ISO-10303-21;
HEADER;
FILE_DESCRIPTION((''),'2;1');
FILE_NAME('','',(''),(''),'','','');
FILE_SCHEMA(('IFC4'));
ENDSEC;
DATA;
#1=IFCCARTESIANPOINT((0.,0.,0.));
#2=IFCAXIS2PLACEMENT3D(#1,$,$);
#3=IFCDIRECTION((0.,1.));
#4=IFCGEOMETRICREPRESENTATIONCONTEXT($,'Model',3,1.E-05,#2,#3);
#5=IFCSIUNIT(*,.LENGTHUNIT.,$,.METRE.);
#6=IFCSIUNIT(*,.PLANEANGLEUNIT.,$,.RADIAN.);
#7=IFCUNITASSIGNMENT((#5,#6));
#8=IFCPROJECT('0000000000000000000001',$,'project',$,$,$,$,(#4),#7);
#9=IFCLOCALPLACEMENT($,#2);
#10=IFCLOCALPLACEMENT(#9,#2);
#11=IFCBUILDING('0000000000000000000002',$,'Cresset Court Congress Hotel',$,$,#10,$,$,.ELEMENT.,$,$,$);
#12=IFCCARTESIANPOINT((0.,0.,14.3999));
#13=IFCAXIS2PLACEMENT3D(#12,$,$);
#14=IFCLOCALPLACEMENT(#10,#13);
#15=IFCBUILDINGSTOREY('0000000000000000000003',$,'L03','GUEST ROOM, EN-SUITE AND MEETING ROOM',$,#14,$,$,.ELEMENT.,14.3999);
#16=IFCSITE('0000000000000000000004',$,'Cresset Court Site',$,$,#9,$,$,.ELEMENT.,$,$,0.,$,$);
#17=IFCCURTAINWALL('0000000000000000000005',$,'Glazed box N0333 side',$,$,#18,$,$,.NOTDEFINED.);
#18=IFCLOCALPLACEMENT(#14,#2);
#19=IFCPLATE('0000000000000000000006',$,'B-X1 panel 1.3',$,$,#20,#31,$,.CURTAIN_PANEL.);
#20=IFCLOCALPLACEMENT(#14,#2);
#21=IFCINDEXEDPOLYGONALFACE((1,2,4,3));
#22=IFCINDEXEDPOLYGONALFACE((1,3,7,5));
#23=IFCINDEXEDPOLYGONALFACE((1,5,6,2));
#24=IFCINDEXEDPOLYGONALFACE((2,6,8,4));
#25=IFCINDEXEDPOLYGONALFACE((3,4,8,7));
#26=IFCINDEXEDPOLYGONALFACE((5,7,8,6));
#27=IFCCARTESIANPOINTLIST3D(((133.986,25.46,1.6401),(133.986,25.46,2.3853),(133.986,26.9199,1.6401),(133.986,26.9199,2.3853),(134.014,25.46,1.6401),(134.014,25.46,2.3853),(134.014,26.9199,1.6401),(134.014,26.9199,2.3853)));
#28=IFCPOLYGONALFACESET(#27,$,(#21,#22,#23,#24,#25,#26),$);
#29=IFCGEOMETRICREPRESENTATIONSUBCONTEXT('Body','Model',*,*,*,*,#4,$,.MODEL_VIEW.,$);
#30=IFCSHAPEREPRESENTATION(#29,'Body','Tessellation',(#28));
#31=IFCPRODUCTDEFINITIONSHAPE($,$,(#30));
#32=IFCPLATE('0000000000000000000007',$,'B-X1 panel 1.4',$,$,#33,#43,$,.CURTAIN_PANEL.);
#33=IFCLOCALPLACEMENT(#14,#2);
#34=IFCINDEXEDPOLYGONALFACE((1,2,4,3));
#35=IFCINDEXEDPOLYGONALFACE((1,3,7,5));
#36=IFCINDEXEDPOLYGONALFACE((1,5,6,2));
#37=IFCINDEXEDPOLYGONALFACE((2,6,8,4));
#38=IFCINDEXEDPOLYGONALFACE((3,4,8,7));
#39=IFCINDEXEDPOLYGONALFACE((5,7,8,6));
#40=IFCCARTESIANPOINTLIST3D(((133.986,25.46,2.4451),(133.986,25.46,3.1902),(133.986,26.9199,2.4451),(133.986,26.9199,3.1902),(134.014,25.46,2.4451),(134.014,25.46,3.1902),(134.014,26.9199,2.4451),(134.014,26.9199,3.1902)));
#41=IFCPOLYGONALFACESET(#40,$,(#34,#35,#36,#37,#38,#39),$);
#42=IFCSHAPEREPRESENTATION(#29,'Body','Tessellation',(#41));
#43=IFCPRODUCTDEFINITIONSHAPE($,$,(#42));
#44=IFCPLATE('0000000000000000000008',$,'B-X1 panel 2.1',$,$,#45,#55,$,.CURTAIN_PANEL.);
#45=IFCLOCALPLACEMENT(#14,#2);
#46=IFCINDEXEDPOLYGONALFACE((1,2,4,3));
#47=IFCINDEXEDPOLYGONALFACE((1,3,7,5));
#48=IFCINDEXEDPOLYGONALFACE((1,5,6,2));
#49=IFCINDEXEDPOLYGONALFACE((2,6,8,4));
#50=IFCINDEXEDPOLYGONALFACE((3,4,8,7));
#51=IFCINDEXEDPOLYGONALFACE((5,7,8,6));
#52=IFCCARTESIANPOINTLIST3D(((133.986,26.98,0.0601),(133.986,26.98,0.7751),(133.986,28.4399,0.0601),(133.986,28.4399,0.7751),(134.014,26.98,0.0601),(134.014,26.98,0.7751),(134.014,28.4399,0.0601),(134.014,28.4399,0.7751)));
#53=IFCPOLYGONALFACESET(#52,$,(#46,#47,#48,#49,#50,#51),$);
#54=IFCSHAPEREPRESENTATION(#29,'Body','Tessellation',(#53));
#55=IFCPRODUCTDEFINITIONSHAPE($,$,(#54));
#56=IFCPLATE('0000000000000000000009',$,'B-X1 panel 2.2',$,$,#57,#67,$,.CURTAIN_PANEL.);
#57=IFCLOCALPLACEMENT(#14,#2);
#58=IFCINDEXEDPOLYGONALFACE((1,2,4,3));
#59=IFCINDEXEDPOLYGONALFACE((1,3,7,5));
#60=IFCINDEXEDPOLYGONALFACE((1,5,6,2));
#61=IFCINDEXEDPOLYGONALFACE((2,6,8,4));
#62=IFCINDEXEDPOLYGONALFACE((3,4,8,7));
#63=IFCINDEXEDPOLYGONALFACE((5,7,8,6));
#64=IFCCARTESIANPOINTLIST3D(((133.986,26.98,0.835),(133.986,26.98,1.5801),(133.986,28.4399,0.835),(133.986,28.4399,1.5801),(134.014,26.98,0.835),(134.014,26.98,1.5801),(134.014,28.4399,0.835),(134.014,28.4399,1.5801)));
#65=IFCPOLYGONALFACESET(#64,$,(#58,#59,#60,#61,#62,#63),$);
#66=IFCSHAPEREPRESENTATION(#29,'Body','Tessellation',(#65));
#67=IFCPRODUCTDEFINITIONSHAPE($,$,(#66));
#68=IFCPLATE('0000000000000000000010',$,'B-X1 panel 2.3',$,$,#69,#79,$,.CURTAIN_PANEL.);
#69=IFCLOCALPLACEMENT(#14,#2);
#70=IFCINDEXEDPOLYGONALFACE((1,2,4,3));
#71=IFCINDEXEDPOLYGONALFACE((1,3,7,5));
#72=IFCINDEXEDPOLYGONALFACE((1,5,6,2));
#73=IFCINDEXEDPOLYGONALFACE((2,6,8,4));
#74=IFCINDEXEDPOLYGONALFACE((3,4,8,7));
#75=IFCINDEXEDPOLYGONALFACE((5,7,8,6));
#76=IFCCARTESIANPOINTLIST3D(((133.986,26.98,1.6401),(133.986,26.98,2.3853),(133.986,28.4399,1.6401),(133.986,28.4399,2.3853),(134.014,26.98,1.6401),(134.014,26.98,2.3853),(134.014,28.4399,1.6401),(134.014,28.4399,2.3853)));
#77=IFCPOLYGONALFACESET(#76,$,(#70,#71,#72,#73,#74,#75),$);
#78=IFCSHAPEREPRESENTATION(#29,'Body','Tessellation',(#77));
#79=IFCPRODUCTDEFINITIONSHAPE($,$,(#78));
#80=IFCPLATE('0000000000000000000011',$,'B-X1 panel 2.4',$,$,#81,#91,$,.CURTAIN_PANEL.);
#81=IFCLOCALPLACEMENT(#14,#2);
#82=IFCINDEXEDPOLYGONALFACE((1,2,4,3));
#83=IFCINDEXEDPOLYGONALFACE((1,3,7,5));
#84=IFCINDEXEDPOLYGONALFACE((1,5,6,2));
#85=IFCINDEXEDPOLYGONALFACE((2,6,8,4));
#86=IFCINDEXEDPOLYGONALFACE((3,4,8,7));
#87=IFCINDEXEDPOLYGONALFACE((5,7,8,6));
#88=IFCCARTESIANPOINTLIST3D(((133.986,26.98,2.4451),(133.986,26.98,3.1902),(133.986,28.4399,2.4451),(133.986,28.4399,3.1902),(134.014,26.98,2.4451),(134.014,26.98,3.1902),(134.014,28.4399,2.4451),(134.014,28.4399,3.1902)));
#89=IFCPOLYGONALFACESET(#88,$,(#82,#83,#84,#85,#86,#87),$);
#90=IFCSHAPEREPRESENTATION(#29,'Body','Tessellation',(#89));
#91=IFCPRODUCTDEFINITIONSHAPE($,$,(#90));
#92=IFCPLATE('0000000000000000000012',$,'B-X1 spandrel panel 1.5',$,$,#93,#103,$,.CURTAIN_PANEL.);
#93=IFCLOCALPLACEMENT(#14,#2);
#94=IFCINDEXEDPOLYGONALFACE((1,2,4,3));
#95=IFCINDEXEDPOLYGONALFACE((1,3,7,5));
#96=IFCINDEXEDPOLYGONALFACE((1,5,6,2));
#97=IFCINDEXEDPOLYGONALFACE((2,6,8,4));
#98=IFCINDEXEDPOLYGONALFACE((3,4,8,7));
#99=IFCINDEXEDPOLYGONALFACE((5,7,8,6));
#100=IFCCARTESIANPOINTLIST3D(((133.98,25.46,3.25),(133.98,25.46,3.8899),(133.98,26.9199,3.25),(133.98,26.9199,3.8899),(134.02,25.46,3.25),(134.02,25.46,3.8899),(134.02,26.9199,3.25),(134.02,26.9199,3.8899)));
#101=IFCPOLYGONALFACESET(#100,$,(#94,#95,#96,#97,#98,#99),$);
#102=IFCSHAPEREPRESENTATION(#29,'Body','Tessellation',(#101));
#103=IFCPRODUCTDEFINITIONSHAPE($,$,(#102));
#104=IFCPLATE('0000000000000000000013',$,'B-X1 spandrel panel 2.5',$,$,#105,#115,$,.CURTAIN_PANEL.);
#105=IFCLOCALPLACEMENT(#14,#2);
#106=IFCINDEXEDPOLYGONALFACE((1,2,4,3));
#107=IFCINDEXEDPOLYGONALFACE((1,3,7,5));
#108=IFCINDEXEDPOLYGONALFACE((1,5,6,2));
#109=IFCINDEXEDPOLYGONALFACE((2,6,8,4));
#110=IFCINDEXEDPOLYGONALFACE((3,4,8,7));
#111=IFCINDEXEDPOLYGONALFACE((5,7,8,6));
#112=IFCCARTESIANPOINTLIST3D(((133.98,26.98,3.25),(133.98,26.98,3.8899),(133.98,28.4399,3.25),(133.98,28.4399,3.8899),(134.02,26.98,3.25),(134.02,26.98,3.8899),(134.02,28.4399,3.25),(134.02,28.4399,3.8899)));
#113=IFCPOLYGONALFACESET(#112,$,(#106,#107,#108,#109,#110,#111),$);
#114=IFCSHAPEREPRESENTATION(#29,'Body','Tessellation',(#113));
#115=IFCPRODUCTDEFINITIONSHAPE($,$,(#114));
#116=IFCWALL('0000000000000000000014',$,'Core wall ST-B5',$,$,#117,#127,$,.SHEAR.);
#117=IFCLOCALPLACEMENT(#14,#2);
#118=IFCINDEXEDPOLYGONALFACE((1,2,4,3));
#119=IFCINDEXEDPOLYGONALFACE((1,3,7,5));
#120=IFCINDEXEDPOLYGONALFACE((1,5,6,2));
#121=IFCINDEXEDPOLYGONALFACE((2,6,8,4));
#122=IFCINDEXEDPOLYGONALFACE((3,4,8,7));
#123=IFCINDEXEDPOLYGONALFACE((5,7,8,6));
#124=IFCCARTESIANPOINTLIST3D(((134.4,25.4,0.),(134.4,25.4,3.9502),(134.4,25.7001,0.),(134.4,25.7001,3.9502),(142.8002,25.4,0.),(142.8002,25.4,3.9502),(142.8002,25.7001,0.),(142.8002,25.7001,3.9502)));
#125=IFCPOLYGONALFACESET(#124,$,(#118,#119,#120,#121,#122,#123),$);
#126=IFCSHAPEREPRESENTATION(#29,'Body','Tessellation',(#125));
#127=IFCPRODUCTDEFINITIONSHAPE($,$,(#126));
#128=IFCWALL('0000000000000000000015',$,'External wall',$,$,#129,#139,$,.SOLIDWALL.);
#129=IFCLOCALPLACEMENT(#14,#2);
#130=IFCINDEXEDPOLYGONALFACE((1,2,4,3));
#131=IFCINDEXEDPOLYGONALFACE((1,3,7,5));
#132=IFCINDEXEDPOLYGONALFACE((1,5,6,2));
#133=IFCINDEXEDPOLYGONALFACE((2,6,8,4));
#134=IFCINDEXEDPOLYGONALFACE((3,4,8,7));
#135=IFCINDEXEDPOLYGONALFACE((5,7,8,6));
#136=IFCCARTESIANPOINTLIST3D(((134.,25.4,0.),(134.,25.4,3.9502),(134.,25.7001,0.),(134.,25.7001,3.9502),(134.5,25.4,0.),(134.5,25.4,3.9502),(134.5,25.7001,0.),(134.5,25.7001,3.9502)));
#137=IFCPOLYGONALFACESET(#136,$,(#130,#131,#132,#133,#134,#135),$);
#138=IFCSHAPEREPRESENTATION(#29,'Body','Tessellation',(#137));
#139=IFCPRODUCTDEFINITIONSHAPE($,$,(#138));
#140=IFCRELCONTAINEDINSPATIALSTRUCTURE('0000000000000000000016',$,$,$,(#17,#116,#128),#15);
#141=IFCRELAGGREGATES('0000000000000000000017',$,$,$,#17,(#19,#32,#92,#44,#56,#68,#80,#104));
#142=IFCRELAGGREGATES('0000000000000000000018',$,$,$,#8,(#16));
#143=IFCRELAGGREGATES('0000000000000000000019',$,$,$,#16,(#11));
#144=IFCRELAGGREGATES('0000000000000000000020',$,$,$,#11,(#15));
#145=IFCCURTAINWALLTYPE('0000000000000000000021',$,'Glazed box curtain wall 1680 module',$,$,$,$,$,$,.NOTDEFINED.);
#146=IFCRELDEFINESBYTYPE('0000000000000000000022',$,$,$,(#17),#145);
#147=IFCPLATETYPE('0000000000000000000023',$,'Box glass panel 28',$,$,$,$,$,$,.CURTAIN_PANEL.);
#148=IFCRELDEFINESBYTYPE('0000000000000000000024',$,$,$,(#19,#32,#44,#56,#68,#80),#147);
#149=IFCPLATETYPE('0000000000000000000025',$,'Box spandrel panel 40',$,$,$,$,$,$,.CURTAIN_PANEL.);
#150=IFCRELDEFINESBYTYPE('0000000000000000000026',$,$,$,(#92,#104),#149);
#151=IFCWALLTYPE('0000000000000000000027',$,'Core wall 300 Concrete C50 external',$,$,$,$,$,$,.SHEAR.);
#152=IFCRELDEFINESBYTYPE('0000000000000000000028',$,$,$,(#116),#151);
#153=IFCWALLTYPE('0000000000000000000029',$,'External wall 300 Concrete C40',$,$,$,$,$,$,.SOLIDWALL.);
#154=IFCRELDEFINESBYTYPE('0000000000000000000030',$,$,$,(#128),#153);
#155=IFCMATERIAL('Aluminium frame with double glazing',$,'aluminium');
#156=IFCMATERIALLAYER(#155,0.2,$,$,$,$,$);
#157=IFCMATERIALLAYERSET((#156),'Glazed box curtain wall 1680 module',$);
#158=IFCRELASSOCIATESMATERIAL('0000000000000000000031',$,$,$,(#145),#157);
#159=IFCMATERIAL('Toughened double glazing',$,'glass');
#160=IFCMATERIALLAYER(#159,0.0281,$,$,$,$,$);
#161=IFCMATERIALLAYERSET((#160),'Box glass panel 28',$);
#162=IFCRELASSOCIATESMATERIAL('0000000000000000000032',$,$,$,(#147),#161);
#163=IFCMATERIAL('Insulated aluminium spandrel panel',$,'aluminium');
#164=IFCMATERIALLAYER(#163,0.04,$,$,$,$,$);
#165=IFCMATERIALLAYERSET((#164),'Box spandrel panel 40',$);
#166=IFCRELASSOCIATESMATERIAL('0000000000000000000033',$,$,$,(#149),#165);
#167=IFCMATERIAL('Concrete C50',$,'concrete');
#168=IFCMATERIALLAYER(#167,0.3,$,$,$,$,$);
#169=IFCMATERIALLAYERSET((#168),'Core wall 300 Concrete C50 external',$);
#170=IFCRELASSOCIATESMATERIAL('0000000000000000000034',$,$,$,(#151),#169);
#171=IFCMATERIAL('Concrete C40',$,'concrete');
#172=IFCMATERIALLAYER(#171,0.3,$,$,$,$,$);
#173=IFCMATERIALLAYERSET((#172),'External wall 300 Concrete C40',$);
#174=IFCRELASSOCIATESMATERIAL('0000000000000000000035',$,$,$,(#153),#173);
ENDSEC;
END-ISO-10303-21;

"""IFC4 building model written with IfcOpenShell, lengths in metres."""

from ifc_helpers import new_model, si_unit, direction, frame, frame_2d, origin, origin_2d, place, context, subcontext, project, spatial, rectangle, extrude, material, layer, layer_set, type_object, element, aggregate, save


model = new_model("IFC4")

# Units and contexts
model_context = context("Model", 3, precision=1e-05, world=origin(), true_north=direction((0.0, 1.0)))
body_context = subcontext(model_context, "Body", "Model", "MODEL_VIEW")
ifc_project = project(units=[si_unit("LENGTHUNIT", "METRE"), si_unit("PLANEANGLEUNIT", "RADIAN")], contexts=[model_context])

# Site, building, storey
site_placement = place(None, origin())
site = spatial("IfcSite", under=ifc_project, at=site_placement, Name="Cresset Court Site", CompositionType="ELEMENT", RefElevation=0.0)
building_placement = place(site_placement, origin())
building = spatial("IfcBuilding", under=site, at=building_placement, Name="Cresset Court Congress Hotel", CompositionType="ELEMENT")
storey_placement = place(building_placement, frame((0.0, 0.0, 14.3999)))
storey = spatial("IfcBuildingStorey", under=building, at=storey_placement, Name="L03", Description="GUEST ROOM, EN-SUITE AND MEETING ROOM", CompositionType="ELEMENT", Elevation=14.3999)

# Curtain wall, plates
ifc_material_1 = material(Name="Aluminium frame with double glazing", Category="aluminium")
ifc_layer_1 = layer(ifc_material_1, 0.2)
ifc_layer_set_1 = layer_set([ifc_layer_1], Name="Glazed box curtain wall 1680 module")
curtain_wall_type = type_object("IfcCurtainWallType", Name="Glazed box curtain wall 1680 module", PredefinedType="NOTDEFINED", material=ifc_layer_set_1)
curtain_wall_placement = place(storey_placement, origin())
curtain_wall = element("IfcCurtainWall", 1, at=curtain_wall_placement, inside=storey, type_object=curtain_wall_type, Name="Glazed box N0333 side", PredefinedType="NOTDEFINED")
ifc_material_2 = material(Name="Toughened double glazing", Category="glass")
ifc_layer_2 = layer(ifc_material_2, 0.0281)
ifc_layer_set_2 = layer_set([ifc_layer_2], Name="Box glass panel 28")
plate_type_1 = type_object("IfcPlateType", Name="Box glass panel 28", PredefinedType="CURTAIN_PANEL", material=ifc_layer_set_2)
plate_1_placement = place(storey_placement, frame((134.0, 26.1899, 1.6401), z_axis=(0.0, 0.0, 1.0), x_axis=(0.0, 1.0, 0.0)))
plate_1 = element("IfcPlate", 2, at=plate_1_placement, type_object=plate_type_1, Name="B-X1 panel 1.3", PredefinedType="CURTAIN_PANEL", context=body_context, shape_type="SweptSolid", body=[
    extrude(rectangle(XDim=1.46, YDim=0.0281, at=origin_2d()), origin(), (0.0, 0.0, 1.0), 0.7451),
])
plate_2_placement = place(storey_placement, frame((134.0, 26.1899, 2.4451), z_axis=(0.0, 0.0, 1.0), x_axis=(0.0, 1.0, 0.0)))
plate_2 = element("IfcPlate", 3, at=plate_2_placement, type_object=plate_type_1, Name="B-X1 panel 1.4", PredefinedType="CURTAIN_PANEL", context=body_context, shape_type="SweptSolid", body=[
    extrude(rectangle(XDim=1.46, YDim=0.0281, at=origin_2d()), origin(), (0.0, 0.0, 1.0), 0.7451),
])
plate_3_placement = place(storey_placement, frame((134.0, 27.71, 0.0601), z_axis=(0.0, 0.0, 1.0), x_axis=(0.0, 1.0, 0.0)))
plate_3 = element("IfcPlate", 4, at=plate_3_placement, type_object=plate_type_1, Name="B-X1 panel 2.1", PredefinedType="CURTAIN_PANEL", context=body_context, shape_type="SweptSolid", body=[
    extrude(rectangle(XDim=1.46, YDim=0.0281, at=origin_2d()), origin(), (0.0, 0.0, 1.0), 0.7151),
])
plate_4_placement = place(storey_placement, frame((134.0, 27.71, 0.835), z_axis=(0.0, 0.0, 1.0), x_axis=(0.0, 1.0, 0.0)))
plate_4 = element("IfcPlate", 5, at=plate_4_placement, type_object=plate_type_1, Name="B-X1 panel 2.2", PredefinedType="CURTAIN_PANEL", context=body_context, shape_type="SweptSolid", body=[
    extrude(rectangle(XDim=1.46, YDim=0.0281, at=origin_2d()), origin(), (0.0, 0.0, 1.0), 0.7451),
])
plate_5_placement = place(storey_placement, frame((134.0, 27.71, 1.6401), z_axis=(0.0, 0.0, 1.0), x_axis=(0.0, 1.0, 0.0)))
plate_5 = element("IfcPlate", 6, at=plate_5_placement, type_object=plate_type_1, Name="B-X1 panel 2.3", PredefinedType="CURTAIN_PANEL", context=body_context, shape_type="SweptSolid", body=[
    extrude(rectangle(XDim=1.46, YDim=0.0281, at=origin_2d()), origin(), (0.0, 0.0, 1.0), 0.7451),
])
plate_6_placement = place(storey_placement, frame((134.0, 27.71, 2.4451), z_axis=(0.0, 0.0, 1.0), x_axis=(0.0, 1.0, 0.0)))
plate_6 = element("IfcPlate", 7, at=plate_6_placement, type_object=plate_type_1, Name="B-X1 panel 2.4", PredefinedType="CURTAIN_PANEL", context=body_context, shape_type="SweptSolid", body=[
    extrude(rectangle(XDim=1.46, YDim=0.0281, at=origin_2d()), origin(), (0.0, 0.0, 1.0), 0.7451),
])
ifc_material_3 = material(Name="Insulated aluminium spandrel panel", Category="aluminium")
ifc_layer_3 = layer(ifc_material_3, 0.04)
ifc_layer_set_3 = layer_set([ifc_layer_3], Name="Box spandrel panel 40")
plate_type_2 = type_object("IfcPlateType", Name="Box spandrel panel 40", PredefinedType="CURTAIN_PANEL", material=ifc_layer_set_3)
plate_7_placement = place(storey_placement, frame((134.0, 26.1899, 3.25), z_axis=(0.0, 0.0, 1.0), x_axis=(0.0, 1.0, 0.0)))
plate_7 = element("IfcPlate", 8, at=plate_7_placement, type_object=plate_type_2, Name="B-X1 spandrel panel 1.5", PredefinedType="CURTAIN_PANEL", context=body_context, shape_type="SweptSolid", body=[
    extrude(rectangle(XDim=1.46, YDim=0.04, at=origin_2d()), origin(), (0.0, 0.0, 1.0), 0.6399),
])
plate_8_placement = place(storey_placement, frame((134.0, 27.71, 3.25), z_axis=(0.0, 0.0, 1.0), x_axis=(0.0, 1.0, 0.0)))
plate_8 = element("IfcPlate", 9, at=plate_8_placement, type_object=plate_type_2, Name="B-X1 spandrel panel 2.5", PredefinedType="CURTAIN_PANEL", context=body_context, shape_type="SweptSolid", body=[
    extrude(rectangle(XDim=1.46, YDim=0.04, at=origin_2d()), origin(), (0.0, 0.0, 1.0), 0.6399),
])
aggregate(curtain_wall, [plate_1, plate_2, plate_7, plate_3, plate_4, plate_5, plate_6, plate_8])

# Walls
ifc_material_4 = material(Name="Concrete C50", Category="concrete")
ifc_layer_4 = layer(ifc_material_4, 0.3)
ifc_layer_set_4 = layer_set([ifc_layer_4], Name="Core wall 300 Concrete C50 external")
wall_type_1 = type_object("IfcWallType", Name="Core wall 300 Concrete C50 external", PredefinedType="SHEAR", material=ifc_layer_set_4)
wall_1_placement = place(storey_placement, frame((134.3999, 25.55, 0.0), z_axis=(0.0, 0.0, 1.0), x_axis=(1.0, 0.0, 0.0)))
element("IfcWall", 10, at=wall_1_placement, inside=storey, type_object=wall_type_1, Name="Core wall ST-B5", PredefinedType="SHEAR", context=body_context, shape_type="SweptSolid", body=[
    extrude(rectangle(XDim=8.4001, YDim=0.3, at=frame_2d((4.2002, 0.0))), origin(), (0.0, 0.0, 1.0), 3.9502),
])
ifc_material_5 = material(Name="Concrete C40", Category="concrete")
ifc_layer_5 = layer(ifc_material_5, 0.3)
ifc_layer_set_5 = layer_set([ifc_layer_5], Name="External wall 300 Concrete C40")
wall_type_2 = type_object("IfcWallType", Name="External wall 300 Concrete C40", PredefinedType="SOLIDWALL", material=ifc_layer_set_5)
wall_2_placement = place(storey_placement, frame((134.0, 25.55, 0.0), z_axis=(0.0, 0.0, 1.0), x_axis=(1.0, 0.0, 0.0)))
element("IfcWall", 11, at=wall_2_placement, inside=storey, type_object=wall_type_2, Name="External wall", PredefinedType="SOLIDWALL", context=body_context, shape_type="SweptSolid", body=[
    extrude(rectangle(XDim=0.5, YDim=0.3, at=frame_2d((0.25, 0.0))), origin(), (0.0, 0.0, 1.0), 3.9502),
])

save(model, "model.ifc")
